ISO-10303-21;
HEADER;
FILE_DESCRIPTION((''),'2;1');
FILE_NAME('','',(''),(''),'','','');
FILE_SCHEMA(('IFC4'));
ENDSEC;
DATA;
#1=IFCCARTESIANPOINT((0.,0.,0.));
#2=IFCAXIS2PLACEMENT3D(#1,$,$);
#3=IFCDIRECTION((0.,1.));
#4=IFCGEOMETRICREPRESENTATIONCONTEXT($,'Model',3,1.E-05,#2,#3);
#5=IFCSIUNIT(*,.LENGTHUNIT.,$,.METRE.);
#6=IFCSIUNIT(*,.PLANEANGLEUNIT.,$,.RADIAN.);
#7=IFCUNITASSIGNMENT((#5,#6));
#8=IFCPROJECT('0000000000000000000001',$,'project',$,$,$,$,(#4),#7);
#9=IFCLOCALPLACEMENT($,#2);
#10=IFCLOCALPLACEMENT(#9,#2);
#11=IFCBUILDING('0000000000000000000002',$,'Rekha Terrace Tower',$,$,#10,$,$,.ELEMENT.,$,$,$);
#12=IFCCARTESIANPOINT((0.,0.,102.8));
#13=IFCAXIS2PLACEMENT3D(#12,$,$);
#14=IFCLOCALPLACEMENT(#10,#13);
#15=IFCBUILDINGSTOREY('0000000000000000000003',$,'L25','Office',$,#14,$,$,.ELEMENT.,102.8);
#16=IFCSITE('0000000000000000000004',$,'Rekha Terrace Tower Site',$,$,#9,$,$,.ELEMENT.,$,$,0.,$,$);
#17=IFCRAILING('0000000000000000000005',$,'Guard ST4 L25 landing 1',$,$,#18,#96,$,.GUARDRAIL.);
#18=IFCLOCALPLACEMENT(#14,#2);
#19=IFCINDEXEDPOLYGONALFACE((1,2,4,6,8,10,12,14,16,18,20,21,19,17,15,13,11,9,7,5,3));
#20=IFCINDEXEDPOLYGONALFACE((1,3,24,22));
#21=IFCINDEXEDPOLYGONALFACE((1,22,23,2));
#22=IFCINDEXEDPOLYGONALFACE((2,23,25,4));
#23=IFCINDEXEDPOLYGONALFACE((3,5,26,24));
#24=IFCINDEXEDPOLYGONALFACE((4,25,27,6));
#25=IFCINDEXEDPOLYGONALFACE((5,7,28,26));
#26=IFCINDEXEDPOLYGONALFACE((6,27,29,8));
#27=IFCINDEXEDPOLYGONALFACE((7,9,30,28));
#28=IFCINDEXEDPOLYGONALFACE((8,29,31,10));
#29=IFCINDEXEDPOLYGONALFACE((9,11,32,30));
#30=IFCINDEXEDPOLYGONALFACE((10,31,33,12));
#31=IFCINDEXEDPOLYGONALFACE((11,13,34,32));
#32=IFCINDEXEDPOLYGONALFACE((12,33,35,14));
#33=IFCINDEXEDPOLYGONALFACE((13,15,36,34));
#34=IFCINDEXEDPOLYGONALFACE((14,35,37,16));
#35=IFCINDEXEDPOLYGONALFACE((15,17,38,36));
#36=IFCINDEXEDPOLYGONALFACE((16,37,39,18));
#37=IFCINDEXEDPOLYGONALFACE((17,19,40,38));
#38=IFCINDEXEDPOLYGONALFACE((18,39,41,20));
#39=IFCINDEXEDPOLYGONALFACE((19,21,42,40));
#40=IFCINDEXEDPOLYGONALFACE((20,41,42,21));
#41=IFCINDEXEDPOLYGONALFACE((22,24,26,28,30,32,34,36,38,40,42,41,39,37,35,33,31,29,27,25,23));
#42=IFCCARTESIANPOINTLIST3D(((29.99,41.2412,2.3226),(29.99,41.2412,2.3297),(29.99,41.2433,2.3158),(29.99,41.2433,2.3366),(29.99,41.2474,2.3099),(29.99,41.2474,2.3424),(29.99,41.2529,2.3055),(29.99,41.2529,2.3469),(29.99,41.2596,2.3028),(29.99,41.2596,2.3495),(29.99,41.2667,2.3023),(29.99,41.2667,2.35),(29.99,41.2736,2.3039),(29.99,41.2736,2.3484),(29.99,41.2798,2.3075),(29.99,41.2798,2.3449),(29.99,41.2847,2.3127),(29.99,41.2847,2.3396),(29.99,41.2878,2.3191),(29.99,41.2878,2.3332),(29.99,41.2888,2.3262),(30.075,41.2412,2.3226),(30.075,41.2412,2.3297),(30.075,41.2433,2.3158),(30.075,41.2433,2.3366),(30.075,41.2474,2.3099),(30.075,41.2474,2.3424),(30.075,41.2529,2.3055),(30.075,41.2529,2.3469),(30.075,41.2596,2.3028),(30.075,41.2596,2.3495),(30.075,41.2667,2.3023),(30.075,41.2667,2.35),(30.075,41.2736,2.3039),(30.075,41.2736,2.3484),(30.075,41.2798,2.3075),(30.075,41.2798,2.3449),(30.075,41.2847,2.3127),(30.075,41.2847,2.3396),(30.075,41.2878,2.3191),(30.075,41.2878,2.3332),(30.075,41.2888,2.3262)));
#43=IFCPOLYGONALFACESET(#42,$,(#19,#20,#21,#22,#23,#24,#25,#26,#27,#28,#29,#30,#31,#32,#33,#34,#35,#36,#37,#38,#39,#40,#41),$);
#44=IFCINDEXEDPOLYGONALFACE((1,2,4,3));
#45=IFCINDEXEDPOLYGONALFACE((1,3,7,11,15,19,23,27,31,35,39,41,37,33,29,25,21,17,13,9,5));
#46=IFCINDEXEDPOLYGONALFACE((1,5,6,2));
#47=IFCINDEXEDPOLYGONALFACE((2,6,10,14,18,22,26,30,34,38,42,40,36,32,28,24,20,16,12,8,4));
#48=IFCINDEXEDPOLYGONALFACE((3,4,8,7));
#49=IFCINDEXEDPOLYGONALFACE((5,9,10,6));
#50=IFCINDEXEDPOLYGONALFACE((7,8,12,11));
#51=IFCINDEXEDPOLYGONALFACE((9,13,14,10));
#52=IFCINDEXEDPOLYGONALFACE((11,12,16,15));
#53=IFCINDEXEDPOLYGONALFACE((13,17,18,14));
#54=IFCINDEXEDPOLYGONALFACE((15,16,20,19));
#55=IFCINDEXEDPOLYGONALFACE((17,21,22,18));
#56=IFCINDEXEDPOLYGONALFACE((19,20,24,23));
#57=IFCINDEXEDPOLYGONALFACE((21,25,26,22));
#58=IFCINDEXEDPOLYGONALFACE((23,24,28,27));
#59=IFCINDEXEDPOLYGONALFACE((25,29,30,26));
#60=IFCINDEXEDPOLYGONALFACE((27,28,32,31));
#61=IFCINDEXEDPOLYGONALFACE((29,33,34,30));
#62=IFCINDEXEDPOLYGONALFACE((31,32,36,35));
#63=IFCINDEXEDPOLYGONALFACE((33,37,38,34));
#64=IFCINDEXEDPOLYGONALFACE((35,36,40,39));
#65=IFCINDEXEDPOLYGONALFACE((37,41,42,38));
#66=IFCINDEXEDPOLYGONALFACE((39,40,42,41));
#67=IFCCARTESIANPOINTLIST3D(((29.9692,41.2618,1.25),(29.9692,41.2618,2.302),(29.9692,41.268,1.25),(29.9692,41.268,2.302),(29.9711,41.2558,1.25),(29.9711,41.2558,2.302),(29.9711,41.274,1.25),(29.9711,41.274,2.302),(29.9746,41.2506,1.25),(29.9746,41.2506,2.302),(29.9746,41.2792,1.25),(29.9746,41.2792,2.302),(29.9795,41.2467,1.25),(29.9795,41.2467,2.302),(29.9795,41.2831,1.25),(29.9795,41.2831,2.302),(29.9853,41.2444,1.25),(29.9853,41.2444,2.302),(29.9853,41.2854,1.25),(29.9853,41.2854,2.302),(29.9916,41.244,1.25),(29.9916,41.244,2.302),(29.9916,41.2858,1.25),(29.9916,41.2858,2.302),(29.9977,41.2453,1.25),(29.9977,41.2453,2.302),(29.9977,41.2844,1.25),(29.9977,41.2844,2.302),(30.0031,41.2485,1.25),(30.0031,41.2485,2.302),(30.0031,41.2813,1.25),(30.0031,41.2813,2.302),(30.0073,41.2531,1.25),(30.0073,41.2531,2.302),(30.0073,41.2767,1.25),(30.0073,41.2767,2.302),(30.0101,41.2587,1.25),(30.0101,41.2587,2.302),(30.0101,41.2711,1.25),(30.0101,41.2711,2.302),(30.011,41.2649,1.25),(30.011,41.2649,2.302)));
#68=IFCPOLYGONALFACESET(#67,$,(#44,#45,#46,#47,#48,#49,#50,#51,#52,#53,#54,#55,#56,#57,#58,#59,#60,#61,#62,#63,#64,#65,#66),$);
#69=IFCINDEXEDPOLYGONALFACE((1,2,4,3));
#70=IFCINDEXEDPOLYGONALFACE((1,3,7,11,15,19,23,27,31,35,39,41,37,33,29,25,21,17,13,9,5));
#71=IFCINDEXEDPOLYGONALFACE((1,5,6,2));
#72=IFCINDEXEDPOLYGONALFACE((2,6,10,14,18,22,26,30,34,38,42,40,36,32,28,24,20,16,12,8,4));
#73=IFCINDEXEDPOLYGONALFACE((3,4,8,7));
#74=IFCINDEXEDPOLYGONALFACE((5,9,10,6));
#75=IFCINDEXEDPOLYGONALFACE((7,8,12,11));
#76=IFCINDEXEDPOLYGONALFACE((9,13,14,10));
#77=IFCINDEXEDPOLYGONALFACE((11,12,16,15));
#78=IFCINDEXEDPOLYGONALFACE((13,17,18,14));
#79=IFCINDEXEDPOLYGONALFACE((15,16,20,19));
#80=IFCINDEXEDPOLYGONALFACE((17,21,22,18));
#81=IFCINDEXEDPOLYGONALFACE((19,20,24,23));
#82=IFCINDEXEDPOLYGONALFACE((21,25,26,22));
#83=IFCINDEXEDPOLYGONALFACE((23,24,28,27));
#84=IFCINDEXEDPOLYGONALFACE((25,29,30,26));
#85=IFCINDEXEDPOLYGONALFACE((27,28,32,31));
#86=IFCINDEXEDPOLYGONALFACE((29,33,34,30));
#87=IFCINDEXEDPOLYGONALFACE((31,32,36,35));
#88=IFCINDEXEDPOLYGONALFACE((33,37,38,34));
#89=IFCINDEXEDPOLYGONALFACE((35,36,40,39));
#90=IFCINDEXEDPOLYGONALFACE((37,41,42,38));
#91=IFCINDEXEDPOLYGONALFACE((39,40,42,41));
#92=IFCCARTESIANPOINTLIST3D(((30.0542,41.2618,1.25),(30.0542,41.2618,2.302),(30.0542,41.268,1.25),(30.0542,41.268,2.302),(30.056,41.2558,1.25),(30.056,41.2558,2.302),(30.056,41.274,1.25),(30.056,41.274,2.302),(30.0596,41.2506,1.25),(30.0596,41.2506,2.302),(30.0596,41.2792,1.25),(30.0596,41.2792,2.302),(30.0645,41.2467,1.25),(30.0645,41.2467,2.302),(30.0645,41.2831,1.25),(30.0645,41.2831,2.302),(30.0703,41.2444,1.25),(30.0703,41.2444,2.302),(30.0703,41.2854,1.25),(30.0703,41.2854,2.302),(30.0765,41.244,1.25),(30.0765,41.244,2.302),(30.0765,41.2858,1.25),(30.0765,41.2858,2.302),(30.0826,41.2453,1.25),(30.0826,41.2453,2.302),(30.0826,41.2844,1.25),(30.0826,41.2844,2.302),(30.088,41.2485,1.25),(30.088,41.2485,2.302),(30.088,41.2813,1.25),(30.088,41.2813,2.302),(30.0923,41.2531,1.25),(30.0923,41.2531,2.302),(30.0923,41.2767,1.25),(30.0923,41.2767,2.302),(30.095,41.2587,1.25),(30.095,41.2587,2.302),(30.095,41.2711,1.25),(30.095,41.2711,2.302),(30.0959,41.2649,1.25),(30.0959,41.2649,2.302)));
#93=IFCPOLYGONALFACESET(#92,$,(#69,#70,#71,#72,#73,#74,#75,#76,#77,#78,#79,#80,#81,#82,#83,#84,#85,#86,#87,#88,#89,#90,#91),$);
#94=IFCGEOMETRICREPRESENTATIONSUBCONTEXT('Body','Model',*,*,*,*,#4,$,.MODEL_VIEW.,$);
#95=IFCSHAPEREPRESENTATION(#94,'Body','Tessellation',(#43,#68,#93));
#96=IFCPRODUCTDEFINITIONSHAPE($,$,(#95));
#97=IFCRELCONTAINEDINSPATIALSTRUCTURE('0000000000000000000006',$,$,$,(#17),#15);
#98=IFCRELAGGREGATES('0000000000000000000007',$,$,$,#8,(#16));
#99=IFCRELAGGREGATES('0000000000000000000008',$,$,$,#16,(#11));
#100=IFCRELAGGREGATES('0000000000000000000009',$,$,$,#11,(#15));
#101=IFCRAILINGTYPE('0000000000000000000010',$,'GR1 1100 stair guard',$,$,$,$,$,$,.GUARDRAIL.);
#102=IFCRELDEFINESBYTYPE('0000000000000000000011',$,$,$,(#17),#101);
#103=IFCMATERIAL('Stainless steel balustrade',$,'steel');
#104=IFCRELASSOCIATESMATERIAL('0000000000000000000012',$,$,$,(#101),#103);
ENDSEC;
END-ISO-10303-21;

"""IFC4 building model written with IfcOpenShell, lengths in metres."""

from ifc_helpers import new_model, si_unit, direction, frame, origin, origin_2d, place, context, subcontext, project, spatial, circle, extrude, material, type_object, element, save


model = new_model("IFC4")

# Units and contexts
model_context = context("Model", 3, precision=1e-05, world=origin(), true_north=direction((0.0, 1.0)))
body_context = subcontext(model_context, "Body", "Model", "MODEL_VIEW")
ifc_project = project(units=[si_unit("LENGTHUNIT", "METRE"), si_unit("PLANEANGLEUNIT", "RADIAN")], contexts=[model_context])

# Site, building, storey
site_placement = place(None, origin())
site = spatial("IfcSite", under=ifc_project, at=site_placement, Name="Rekha Terrace Tower Site", CompositionType="ELEMENT", RefElevation=0.0)
building_placement = place(site_placement, origin())
building = spatial("IfcBuilding", under=site, at=building_placement, Name="Rekha Terrace Tower", CompositionType="ELEMENT")
storey_placement = place(building_placement, frame((0.0, 0.0, 102.8)))
storey = spatial("IfcBuildingStorey", under=building, at=storey_placement, Name="L25", Description="Office", CompositionType="ELEMENT", Elevation=102.8)

# Railing
ifc_material_1 = material(Name="Stainless steel balustrade", Category="steel")
railing_type_1 = type_object("IfcRailingType", Name="GR1 1100 stair guard", PredefinedType="GUARDRAIL", material=ifc_material_1)
railing_1_placement = place(storey_placement, frame((29.99, 41.2649, 1.25)))
element("IfcRailing", 1, at=railing_1_placement, inside=storey, type_object=railing_type_1, Name="Guard ST4 L25 landing 1", PredefinedType="GUARDRAIL", context=body_context, shape_type="SweptSolid", body=[
    extrude(circle(Radius=0.0239, at=origin_2d()), frame((0.0, 0.0, 1.0762), z_axis=(1.0, 0.0, 0.0), x_axis=(0.0, 1.0, 0.0)), (0.0, 0.0, 1.0), 0.085),
    extrude(circle(Radius=0.021, at=origin_2d()), origin(), (0.0, 0.0, 1.0), 1.052),
    extrude(circle(Radius=0.021, at=origin_2d()), frame((0.085, 0.0, 0.0)), (0.0, 0.0, 1.0), 1.052),
])

save(model, "model.ifc")
